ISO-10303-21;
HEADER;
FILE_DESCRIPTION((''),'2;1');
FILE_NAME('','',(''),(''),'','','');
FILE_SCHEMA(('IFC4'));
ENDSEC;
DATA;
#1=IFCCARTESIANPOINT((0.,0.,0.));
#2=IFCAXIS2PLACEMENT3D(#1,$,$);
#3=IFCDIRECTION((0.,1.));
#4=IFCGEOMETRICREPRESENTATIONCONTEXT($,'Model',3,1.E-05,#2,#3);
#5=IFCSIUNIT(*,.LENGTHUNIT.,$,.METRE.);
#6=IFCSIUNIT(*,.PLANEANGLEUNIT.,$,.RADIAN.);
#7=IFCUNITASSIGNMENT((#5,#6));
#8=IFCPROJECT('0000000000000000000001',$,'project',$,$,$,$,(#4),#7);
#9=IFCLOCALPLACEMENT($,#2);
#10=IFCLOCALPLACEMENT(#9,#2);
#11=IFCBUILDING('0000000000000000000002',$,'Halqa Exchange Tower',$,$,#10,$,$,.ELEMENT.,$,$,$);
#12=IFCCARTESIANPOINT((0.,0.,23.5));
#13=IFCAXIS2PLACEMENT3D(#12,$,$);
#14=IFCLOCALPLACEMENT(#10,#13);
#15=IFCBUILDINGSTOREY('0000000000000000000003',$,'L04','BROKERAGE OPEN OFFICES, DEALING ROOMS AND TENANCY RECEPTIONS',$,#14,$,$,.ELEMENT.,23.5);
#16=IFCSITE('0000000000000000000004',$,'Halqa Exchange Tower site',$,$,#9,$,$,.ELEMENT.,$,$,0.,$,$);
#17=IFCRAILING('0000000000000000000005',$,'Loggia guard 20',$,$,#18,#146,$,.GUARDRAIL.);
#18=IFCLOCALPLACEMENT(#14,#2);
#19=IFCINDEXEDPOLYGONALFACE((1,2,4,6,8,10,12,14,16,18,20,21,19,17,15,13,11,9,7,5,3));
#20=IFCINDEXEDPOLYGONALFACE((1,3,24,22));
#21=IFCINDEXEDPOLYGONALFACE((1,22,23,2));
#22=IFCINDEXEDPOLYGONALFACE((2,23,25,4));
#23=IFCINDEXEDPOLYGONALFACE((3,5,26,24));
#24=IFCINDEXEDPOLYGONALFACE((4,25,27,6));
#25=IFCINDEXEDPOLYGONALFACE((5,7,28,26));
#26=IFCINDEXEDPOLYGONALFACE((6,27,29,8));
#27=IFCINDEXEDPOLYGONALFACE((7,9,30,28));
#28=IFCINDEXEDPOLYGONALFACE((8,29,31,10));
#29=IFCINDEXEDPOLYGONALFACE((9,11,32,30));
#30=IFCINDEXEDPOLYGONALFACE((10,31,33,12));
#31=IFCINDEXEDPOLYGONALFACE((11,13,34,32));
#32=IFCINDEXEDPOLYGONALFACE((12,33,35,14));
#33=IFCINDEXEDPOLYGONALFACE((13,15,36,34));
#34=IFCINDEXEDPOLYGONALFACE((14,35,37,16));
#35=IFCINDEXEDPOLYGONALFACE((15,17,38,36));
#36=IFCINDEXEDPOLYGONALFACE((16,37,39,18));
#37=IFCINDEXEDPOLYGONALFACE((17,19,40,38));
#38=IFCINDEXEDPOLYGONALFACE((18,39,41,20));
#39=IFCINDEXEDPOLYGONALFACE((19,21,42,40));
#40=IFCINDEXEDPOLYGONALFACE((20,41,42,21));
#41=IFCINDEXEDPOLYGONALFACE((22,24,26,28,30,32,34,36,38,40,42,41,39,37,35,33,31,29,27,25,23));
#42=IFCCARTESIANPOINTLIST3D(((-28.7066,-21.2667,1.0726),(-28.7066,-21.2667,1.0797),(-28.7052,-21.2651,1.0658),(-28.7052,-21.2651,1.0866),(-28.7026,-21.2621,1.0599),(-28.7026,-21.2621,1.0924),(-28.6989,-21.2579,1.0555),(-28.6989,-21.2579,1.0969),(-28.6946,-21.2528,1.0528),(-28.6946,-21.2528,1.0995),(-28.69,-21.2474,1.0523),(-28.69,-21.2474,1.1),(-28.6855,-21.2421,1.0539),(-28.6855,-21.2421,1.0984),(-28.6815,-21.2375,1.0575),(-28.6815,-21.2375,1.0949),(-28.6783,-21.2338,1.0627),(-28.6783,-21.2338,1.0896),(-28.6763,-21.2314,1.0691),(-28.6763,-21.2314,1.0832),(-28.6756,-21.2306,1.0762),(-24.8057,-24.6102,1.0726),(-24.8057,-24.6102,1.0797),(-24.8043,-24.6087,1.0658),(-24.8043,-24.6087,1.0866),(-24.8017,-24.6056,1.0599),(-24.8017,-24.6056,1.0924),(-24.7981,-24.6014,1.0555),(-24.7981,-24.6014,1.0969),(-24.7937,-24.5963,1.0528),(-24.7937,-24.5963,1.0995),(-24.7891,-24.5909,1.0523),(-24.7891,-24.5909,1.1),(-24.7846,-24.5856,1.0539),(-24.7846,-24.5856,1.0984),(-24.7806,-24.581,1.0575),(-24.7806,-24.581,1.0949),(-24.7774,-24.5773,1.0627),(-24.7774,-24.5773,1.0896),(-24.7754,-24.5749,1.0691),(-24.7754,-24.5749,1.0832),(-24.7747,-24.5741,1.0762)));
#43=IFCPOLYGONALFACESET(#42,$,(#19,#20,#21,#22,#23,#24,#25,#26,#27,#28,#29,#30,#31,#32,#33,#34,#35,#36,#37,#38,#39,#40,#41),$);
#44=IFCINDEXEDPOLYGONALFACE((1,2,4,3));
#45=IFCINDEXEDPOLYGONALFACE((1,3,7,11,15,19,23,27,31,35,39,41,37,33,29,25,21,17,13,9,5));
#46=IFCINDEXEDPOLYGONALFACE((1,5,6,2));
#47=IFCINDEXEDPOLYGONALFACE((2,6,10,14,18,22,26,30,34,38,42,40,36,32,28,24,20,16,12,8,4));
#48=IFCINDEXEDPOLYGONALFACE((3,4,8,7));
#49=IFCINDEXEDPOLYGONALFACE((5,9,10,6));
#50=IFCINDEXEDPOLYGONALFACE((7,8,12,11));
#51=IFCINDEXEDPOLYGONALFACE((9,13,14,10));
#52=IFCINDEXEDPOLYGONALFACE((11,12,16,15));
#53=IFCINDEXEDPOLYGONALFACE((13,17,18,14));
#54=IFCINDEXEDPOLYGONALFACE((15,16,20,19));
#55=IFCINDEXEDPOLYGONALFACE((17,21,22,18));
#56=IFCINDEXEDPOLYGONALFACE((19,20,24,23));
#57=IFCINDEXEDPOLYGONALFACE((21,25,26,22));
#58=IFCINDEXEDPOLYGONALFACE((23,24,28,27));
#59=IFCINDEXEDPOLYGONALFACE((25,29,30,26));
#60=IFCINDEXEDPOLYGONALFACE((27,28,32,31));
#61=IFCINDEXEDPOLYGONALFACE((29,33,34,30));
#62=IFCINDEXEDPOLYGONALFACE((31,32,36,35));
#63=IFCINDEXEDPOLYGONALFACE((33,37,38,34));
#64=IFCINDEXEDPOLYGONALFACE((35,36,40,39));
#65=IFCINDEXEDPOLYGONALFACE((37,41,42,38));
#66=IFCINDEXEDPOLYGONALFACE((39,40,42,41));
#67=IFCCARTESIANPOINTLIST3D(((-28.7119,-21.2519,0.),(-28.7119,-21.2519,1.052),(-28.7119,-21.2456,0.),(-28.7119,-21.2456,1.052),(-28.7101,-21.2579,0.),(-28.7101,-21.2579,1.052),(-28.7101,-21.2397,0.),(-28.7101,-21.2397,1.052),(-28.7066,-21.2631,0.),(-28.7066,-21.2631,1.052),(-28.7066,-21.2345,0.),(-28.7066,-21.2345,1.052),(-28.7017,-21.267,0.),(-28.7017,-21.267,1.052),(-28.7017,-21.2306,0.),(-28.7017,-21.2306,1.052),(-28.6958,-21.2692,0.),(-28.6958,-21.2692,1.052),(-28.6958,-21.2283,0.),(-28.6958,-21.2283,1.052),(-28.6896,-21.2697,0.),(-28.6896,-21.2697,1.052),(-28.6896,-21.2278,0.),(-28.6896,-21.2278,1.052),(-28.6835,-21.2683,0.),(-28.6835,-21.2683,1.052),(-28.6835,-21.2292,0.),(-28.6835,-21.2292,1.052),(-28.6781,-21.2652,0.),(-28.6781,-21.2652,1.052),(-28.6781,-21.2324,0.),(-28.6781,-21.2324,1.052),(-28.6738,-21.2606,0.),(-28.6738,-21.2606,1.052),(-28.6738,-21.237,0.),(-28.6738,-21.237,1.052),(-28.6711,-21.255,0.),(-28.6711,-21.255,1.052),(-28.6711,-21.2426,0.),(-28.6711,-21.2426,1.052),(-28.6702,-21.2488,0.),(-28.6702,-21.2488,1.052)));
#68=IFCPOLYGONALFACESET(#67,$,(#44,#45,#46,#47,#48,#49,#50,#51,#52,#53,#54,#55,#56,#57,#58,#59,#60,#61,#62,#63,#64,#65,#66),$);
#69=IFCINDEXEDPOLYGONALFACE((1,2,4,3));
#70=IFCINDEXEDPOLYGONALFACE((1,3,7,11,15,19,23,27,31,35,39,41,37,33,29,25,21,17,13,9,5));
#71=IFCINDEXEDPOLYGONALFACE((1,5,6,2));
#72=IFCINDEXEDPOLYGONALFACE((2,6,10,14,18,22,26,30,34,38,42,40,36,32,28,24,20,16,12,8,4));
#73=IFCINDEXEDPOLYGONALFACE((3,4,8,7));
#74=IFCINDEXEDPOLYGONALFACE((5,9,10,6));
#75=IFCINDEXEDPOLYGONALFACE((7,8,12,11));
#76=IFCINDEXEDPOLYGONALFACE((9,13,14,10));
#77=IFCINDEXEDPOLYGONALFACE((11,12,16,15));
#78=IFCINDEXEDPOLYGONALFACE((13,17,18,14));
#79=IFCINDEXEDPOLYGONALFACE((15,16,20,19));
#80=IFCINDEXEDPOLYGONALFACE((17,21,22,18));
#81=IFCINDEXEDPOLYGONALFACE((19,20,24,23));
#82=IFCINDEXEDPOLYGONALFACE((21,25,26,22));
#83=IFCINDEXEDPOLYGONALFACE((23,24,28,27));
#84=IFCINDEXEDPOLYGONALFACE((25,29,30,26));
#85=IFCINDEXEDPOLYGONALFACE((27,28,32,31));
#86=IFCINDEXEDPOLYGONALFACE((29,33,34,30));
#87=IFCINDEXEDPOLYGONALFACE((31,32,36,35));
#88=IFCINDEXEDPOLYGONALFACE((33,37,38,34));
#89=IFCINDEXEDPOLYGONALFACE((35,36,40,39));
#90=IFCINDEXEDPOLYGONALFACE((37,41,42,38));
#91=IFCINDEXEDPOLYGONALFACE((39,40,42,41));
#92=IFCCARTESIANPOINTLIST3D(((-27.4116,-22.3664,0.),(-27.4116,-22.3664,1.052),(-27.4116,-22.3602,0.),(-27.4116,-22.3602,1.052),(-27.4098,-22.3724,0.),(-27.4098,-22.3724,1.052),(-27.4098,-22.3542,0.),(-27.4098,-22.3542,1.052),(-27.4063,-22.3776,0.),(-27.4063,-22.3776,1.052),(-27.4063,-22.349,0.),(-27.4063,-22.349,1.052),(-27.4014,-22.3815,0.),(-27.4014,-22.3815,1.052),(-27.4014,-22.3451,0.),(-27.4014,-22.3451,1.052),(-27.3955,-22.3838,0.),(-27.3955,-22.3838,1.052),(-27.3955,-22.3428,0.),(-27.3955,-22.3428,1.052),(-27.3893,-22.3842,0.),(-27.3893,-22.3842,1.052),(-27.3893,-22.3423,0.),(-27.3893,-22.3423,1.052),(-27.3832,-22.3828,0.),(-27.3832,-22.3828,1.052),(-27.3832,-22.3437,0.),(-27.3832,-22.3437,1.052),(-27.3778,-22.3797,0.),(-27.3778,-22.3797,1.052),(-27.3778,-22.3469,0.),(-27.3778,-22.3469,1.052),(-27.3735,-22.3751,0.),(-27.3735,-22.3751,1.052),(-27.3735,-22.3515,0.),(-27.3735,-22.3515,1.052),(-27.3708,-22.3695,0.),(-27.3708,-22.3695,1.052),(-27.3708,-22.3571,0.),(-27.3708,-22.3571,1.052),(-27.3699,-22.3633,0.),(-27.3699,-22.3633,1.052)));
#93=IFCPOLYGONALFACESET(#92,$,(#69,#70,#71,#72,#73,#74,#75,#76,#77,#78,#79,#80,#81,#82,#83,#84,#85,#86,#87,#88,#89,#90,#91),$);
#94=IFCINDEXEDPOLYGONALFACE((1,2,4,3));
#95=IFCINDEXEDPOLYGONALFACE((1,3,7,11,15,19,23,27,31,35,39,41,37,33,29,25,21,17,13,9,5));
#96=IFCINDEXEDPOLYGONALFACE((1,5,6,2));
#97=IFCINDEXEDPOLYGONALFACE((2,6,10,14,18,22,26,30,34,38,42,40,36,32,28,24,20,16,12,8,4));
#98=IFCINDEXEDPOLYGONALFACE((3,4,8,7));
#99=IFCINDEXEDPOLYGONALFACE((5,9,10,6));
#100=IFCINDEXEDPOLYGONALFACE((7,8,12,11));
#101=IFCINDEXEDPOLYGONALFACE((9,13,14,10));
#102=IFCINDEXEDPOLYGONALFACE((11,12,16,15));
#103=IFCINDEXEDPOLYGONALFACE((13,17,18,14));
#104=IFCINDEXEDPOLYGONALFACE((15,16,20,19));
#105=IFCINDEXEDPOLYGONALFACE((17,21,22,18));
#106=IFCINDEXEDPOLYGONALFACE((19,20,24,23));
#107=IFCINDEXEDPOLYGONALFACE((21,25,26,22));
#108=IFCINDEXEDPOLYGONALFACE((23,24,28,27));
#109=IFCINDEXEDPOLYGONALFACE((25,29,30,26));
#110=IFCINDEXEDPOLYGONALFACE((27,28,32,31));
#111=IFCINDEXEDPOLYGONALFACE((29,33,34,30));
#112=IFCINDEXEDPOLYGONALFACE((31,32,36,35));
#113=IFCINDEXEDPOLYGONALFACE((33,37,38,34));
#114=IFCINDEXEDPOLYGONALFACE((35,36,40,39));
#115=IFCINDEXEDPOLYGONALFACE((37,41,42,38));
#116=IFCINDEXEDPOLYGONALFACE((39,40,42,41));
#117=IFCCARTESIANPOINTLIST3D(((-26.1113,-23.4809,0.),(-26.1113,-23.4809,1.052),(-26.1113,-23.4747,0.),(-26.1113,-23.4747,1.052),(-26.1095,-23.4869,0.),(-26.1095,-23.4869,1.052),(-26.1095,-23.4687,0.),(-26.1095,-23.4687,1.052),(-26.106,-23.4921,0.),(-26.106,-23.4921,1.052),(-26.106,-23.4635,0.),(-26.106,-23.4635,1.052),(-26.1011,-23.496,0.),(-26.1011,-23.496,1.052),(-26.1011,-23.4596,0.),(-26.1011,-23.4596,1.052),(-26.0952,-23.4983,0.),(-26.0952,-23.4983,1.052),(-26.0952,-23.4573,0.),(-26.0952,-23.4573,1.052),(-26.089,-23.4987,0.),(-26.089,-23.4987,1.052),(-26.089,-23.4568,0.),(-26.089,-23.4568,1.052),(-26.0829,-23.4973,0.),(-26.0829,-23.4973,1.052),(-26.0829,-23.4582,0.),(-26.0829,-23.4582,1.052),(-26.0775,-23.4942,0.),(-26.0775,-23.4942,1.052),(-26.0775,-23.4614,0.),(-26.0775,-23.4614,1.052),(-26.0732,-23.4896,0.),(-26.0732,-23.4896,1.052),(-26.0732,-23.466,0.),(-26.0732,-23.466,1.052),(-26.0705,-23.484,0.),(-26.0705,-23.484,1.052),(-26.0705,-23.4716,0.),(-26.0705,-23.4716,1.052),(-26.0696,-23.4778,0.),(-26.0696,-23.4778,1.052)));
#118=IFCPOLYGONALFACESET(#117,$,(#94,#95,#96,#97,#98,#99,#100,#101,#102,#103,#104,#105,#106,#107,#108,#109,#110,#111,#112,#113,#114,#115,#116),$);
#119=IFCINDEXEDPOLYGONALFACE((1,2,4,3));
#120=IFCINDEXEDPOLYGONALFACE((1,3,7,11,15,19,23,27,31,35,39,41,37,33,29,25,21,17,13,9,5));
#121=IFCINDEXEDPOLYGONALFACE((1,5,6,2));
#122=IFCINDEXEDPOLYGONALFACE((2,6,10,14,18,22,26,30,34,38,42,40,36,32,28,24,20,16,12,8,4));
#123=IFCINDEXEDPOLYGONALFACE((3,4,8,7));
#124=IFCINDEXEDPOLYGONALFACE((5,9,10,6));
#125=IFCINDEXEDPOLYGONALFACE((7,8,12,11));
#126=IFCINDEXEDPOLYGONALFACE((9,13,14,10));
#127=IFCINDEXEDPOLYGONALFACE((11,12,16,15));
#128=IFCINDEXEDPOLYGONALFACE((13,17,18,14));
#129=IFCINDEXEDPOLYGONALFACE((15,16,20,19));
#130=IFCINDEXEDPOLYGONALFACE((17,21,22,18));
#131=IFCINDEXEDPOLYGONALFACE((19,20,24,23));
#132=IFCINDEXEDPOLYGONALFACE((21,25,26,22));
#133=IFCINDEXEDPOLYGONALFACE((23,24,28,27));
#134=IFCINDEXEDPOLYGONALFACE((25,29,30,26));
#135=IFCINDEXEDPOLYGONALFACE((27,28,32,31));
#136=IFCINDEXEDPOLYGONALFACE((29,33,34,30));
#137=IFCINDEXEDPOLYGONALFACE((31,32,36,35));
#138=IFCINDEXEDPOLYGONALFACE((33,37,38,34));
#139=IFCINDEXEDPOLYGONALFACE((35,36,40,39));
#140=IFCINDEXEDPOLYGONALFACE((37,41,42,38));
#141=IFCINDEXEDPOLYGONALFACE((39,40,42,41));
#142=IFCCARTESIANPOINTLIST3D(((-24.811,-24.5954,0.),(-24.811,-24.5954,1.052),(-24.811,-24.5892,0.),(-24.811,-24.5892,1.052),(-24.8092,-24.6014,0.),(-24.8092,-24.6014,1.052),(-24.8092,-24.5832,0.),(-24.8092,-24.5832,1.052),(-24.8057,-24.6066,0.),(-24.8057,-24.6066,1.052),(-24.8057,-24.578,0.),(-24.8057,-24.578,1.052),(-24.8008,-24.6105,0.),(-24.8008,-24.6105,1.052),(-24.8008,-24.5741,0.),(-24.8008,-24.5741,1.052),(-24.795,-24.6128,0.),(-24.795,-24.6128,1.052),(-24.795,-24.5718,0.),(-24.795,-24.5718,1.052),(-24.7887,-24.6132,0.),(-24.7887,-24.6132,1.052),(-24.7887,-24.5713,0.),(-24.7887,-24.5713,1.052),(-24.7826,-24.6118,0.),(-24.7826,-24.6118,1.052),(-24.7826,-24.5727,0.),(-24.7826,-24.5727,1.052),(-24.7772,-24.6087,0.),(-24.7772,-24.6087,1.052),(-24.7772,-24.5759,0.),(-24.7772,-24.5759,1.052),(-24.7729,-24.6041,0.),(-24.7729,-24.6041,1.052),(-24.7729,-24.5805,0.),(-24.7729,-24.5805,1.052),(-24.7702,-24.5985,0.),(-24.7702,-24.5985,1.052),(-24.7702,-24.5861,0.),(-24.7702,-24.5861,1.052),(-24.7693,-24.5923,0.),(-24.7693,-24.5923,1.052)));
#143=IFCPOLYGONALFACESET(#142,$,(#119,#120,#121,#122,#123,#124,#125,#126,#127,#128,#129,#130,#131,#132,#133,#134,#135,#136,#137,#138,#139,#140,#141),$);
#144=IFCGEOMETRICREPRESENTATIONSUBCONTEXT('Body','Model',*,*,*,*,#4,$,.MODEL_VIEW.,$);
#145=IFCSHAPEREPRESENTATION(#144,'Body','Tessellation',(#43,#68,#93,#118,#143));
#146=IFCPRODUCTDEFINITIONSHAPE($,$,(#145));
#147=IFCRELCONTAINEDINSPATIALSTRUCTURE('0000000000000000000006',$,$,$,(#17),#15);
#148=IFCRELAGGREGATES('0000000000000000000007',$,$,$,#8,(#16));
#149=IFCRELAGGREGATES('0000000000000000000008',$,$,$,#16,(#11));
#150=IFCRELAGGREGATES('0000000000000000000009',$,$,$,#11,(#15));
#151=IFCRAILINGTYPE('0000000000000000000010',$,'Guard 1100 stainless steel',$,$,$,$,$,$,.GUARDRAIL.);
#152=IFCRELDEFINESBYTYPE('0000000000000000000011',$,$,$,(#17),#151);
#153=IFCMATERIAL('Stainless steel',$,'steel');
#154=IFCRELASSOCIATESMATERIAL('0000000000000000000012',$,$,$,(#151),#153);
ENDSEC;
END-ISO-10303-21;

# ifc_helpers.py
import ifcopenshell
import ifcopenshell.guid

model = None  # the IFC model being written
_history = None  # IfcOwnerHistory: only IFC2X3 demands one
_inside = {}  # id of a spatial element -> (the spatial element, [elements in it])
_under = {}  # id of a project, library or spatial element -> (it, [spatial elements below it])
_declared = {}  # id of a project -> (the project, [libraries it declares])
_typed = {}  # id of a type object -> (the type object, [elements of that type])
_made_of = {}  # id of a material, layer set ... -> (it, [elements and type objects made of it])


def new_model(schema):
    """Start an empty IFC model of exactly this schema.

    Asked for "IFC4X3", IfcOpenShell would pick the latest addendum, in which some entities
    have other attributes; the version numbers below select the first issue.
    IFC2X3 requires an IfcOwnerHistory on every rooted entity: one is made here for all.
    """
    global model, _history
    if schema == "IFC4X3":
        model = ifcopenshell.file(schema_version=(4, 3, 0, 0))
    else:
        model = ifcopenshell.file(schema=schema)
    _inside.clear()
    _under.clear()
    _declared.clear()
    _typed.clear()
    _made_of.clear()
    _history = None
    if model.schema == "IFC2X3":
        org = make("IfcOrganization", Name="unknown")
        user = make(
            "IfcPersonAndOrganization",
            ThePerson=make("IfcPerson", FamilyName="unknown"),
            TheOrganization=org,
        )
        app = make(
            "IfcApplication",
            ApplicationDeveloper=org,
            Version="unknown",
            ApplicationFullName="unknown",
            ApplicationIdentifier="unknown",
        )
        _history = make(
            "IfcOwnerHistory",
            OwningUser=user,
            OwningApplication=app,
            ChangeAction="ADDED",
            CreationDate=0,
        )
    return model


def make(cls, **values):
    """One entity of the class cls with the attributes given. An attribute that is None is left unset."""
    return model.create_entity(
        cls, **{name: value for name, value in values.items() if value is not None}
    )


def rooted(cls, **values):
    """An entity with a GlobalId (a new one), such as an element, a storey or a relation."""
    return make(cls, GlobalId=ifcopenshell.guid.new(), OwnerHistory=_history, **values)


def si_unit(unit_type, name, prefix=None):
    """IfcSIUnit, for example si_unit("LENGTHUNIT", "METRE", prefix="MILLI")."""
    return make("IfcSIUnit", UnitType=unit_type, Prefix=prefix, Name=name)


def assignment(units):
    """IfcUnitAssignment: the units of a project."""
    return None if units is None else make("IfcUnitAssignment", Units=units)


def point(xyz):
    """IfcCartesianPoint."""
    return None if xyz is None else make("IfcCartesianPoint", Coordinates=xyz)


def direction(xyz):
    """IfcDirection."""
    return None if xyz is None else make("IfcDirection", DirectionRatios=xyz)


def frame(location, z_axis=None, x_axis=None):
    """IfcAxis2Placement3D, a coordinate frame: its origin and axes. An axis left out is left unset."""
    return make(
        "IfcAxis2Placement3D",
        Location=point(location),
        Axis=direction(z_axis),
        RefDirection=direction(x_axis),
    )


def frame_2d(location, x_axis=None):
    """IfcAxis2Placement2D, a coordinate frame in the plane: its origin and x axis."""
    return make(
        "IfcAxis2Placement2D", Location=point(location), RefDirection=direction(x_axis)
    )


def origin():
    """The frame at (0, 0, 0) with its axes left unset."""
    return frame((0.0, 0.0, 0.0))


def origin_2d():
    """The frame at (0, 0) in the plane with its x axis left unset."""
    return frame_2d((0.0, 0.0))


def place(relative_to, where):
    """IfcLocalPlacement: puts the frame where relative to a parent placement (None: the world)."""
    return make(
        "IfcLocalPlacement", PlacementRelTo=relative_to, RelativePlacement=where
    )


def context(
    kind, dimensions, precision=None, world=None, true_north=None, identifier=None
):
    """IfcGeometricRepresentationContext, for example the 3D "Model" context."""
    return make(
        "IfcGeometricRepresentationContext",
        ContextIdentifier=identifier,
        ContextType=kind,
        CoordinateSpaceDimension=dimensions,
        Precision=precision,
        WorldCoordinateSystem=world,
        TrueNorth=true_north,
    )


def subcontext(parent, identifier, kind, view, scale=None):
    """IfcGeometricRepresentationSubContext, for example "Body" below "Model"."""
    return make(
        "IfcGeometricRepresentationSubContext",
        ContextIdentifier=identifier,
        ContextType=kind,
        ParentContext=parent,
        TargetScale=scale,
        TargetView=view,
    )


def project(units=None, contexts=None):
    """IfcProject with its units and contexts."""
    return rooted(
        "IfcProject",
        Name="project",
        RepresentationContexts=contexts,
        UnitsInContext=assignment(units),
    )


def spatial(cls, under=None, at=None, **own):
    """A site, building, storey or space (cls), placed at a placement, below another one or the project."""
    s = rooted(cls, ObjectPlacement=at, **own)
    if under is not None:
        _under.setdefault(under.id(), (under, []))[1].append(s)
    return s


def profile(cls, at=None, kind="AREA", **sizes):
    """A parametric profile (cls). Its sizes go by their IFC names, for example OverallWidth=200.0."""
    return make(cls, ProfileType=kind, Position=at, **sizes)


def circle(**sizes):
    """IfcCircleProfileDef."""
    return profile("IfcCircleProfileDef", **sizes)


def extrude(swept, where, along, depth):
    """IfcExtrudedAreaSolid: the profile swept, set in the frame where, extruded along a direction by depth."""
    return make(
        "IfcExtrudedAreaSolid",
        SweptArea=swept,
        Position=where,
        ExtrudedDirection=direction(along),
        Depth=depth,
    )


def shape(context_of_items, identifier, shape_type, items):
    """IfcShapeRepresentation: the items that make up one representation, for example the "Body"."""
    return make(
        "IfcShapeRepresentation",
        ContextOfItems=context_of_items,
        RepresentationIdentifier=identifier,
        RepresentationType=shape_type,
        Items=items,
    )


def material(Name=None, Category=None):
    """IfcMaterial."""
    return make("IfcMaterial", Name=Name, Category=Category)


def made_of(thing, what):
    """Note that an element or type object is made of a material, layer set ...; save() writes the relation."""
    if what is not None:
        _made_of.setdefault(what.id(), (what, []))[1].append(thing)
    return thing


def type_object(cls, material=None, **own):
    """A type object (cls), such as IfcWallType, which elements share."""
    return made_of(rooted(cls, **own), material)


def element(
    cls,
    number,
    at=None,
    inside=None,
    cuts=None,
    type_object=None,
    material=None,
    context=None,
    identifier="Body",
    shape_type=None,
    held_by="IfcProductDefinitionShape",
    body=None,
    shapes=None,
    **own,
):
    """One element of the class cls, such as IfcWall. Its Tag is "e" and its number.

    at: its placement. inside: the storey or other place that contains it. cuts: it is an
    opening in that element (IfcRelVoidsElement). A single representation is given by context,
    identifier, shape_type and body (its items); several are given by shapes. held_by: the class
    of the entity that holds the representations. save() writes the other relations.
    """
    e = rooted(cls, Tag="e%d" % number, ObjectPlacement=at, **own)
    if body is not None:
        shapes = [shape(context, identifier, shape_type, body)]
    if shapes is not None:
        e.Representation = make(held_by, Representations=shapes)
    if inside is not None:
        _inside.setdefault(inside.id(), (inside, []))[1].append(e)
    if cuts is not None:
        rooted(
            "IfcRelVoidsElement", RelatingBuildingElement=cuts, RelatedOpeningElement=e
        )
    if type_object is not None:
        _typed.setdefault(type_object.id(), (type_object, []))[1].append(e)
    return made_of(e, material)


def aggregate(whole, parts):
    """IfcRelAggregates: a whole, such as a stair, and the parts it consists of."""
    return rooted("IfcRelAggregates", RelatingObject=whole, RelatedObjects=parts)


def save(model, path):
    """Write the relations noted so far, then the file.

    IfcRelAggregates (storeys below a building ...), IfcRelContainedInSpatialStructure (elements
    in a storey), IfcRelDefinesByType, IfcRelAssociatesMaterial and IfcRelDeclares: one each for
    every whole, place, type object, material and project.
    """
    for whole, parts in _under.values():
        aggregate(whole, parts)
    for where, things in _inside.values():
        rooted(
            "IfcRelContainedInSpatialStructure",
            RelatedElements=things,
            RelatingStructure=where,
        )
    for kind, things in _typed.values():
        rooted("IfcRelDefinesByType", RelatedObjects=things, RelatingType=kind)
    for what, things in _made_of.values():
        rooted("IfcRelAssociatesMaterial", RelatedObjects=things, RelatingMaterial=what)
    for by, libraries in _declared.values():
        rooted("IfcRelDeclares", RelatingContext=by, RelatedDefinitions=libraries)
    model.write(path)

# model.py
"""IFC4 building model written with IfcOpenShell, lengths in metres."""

from ifc_helpers import new_model, si_unit, direction, frame, origin, origin_2d, place, context, subcontext, project, spatial, circle, extrude, material, type_object, element, save


model = new_model("IFC4")

# Units and contexts
model_context = context("Model", 3, precision=1e-05, world=origin(), true_north=direction((0.0, 1.0)))
body_context = subcontext(model_context, "Body", "Model", "MODEL_VIEW")
ifc_project = project(units=[si_unit("LENGTHUNIT", "METRE"), si_unit("PLANEANGLEUNIT", "RADIAN")], contexts=[model_context])

# Site, building, storey
site_placement = place(None, origin())
site = spatial("IfcSite", under=ifc_project, at=site_placement, Name="Halqa Exchange Tower site", CompositionType="ELEMENT", RefElevation=0.0)
building_placement = place(site_placement, origin())
building = spatial("IfcBuilding", under=site, at=building_placement, Name="Halqa Exchange Tower", CompositionType="ELEMENT")
storey_placement = place(building_placement, frame((0.0, 0.0, 23.5)))
storey = spatial("IfcBuildingStorey", under=building, at=storey_placement, Name="L04", Description="BROKERAGE OPEN OFFICES, DEALING ROOMS AND TENANCY RECEPTIONS", CompositionType="ELEMENT", Elevation=23.5)

# Railing
ifc_material_1 = material(Name="Stainless steel", Category="steel")
railing_type = type_object("IfcRailingType", Name="Guard 1100 stainless steel", PredefinedType="GUARDRAIL", material=ifc_material_1)
railing_1_placement = place(storey_placement, frame((-28.6912, -21.2488, 0.0)))
element("IfcRailing", 1, at=railing_1_placement, inside=storey, type_object=railing_type, Name="Loggia guard 20", PredefinedType="GUARDRAIL", context=body_context, shape_type="SweptSolid", body=[
    extrude(circle(Radius=0.0239, at=origin_2d()), frame((0.0, 0.0, 1.0762), z_axis=(0.759267, -0.65078, 0.0), x_axis=(0.65078, 0.759267, 0.0)), (0.0, 0.0, 1.0), 5.1377),
    extrude(circle(Radius=0.021, at=origin_2d()), origin(), (0.0, 0.0, 1.0), 1.052),
    extrude(circle(Radius=0.021, at=origin_2d()), frame((1.3003, -1.1145, 0.0)), (0.0, 0.0, 1.0), 1.052),
    extrude(circle(Radius=0.021, at=origin_2d()), frame((2.6006, -2.229, 0.0)), (0.0, 0.0, 1.0), 1.052),
    extrude(circle(Radius=0.021, at=origin_2d()), frame((3.9009, -3.3435, 0.0)), (0.0, 0.0, 1.0), 1.052),
])

save(model, "model.ifc")
